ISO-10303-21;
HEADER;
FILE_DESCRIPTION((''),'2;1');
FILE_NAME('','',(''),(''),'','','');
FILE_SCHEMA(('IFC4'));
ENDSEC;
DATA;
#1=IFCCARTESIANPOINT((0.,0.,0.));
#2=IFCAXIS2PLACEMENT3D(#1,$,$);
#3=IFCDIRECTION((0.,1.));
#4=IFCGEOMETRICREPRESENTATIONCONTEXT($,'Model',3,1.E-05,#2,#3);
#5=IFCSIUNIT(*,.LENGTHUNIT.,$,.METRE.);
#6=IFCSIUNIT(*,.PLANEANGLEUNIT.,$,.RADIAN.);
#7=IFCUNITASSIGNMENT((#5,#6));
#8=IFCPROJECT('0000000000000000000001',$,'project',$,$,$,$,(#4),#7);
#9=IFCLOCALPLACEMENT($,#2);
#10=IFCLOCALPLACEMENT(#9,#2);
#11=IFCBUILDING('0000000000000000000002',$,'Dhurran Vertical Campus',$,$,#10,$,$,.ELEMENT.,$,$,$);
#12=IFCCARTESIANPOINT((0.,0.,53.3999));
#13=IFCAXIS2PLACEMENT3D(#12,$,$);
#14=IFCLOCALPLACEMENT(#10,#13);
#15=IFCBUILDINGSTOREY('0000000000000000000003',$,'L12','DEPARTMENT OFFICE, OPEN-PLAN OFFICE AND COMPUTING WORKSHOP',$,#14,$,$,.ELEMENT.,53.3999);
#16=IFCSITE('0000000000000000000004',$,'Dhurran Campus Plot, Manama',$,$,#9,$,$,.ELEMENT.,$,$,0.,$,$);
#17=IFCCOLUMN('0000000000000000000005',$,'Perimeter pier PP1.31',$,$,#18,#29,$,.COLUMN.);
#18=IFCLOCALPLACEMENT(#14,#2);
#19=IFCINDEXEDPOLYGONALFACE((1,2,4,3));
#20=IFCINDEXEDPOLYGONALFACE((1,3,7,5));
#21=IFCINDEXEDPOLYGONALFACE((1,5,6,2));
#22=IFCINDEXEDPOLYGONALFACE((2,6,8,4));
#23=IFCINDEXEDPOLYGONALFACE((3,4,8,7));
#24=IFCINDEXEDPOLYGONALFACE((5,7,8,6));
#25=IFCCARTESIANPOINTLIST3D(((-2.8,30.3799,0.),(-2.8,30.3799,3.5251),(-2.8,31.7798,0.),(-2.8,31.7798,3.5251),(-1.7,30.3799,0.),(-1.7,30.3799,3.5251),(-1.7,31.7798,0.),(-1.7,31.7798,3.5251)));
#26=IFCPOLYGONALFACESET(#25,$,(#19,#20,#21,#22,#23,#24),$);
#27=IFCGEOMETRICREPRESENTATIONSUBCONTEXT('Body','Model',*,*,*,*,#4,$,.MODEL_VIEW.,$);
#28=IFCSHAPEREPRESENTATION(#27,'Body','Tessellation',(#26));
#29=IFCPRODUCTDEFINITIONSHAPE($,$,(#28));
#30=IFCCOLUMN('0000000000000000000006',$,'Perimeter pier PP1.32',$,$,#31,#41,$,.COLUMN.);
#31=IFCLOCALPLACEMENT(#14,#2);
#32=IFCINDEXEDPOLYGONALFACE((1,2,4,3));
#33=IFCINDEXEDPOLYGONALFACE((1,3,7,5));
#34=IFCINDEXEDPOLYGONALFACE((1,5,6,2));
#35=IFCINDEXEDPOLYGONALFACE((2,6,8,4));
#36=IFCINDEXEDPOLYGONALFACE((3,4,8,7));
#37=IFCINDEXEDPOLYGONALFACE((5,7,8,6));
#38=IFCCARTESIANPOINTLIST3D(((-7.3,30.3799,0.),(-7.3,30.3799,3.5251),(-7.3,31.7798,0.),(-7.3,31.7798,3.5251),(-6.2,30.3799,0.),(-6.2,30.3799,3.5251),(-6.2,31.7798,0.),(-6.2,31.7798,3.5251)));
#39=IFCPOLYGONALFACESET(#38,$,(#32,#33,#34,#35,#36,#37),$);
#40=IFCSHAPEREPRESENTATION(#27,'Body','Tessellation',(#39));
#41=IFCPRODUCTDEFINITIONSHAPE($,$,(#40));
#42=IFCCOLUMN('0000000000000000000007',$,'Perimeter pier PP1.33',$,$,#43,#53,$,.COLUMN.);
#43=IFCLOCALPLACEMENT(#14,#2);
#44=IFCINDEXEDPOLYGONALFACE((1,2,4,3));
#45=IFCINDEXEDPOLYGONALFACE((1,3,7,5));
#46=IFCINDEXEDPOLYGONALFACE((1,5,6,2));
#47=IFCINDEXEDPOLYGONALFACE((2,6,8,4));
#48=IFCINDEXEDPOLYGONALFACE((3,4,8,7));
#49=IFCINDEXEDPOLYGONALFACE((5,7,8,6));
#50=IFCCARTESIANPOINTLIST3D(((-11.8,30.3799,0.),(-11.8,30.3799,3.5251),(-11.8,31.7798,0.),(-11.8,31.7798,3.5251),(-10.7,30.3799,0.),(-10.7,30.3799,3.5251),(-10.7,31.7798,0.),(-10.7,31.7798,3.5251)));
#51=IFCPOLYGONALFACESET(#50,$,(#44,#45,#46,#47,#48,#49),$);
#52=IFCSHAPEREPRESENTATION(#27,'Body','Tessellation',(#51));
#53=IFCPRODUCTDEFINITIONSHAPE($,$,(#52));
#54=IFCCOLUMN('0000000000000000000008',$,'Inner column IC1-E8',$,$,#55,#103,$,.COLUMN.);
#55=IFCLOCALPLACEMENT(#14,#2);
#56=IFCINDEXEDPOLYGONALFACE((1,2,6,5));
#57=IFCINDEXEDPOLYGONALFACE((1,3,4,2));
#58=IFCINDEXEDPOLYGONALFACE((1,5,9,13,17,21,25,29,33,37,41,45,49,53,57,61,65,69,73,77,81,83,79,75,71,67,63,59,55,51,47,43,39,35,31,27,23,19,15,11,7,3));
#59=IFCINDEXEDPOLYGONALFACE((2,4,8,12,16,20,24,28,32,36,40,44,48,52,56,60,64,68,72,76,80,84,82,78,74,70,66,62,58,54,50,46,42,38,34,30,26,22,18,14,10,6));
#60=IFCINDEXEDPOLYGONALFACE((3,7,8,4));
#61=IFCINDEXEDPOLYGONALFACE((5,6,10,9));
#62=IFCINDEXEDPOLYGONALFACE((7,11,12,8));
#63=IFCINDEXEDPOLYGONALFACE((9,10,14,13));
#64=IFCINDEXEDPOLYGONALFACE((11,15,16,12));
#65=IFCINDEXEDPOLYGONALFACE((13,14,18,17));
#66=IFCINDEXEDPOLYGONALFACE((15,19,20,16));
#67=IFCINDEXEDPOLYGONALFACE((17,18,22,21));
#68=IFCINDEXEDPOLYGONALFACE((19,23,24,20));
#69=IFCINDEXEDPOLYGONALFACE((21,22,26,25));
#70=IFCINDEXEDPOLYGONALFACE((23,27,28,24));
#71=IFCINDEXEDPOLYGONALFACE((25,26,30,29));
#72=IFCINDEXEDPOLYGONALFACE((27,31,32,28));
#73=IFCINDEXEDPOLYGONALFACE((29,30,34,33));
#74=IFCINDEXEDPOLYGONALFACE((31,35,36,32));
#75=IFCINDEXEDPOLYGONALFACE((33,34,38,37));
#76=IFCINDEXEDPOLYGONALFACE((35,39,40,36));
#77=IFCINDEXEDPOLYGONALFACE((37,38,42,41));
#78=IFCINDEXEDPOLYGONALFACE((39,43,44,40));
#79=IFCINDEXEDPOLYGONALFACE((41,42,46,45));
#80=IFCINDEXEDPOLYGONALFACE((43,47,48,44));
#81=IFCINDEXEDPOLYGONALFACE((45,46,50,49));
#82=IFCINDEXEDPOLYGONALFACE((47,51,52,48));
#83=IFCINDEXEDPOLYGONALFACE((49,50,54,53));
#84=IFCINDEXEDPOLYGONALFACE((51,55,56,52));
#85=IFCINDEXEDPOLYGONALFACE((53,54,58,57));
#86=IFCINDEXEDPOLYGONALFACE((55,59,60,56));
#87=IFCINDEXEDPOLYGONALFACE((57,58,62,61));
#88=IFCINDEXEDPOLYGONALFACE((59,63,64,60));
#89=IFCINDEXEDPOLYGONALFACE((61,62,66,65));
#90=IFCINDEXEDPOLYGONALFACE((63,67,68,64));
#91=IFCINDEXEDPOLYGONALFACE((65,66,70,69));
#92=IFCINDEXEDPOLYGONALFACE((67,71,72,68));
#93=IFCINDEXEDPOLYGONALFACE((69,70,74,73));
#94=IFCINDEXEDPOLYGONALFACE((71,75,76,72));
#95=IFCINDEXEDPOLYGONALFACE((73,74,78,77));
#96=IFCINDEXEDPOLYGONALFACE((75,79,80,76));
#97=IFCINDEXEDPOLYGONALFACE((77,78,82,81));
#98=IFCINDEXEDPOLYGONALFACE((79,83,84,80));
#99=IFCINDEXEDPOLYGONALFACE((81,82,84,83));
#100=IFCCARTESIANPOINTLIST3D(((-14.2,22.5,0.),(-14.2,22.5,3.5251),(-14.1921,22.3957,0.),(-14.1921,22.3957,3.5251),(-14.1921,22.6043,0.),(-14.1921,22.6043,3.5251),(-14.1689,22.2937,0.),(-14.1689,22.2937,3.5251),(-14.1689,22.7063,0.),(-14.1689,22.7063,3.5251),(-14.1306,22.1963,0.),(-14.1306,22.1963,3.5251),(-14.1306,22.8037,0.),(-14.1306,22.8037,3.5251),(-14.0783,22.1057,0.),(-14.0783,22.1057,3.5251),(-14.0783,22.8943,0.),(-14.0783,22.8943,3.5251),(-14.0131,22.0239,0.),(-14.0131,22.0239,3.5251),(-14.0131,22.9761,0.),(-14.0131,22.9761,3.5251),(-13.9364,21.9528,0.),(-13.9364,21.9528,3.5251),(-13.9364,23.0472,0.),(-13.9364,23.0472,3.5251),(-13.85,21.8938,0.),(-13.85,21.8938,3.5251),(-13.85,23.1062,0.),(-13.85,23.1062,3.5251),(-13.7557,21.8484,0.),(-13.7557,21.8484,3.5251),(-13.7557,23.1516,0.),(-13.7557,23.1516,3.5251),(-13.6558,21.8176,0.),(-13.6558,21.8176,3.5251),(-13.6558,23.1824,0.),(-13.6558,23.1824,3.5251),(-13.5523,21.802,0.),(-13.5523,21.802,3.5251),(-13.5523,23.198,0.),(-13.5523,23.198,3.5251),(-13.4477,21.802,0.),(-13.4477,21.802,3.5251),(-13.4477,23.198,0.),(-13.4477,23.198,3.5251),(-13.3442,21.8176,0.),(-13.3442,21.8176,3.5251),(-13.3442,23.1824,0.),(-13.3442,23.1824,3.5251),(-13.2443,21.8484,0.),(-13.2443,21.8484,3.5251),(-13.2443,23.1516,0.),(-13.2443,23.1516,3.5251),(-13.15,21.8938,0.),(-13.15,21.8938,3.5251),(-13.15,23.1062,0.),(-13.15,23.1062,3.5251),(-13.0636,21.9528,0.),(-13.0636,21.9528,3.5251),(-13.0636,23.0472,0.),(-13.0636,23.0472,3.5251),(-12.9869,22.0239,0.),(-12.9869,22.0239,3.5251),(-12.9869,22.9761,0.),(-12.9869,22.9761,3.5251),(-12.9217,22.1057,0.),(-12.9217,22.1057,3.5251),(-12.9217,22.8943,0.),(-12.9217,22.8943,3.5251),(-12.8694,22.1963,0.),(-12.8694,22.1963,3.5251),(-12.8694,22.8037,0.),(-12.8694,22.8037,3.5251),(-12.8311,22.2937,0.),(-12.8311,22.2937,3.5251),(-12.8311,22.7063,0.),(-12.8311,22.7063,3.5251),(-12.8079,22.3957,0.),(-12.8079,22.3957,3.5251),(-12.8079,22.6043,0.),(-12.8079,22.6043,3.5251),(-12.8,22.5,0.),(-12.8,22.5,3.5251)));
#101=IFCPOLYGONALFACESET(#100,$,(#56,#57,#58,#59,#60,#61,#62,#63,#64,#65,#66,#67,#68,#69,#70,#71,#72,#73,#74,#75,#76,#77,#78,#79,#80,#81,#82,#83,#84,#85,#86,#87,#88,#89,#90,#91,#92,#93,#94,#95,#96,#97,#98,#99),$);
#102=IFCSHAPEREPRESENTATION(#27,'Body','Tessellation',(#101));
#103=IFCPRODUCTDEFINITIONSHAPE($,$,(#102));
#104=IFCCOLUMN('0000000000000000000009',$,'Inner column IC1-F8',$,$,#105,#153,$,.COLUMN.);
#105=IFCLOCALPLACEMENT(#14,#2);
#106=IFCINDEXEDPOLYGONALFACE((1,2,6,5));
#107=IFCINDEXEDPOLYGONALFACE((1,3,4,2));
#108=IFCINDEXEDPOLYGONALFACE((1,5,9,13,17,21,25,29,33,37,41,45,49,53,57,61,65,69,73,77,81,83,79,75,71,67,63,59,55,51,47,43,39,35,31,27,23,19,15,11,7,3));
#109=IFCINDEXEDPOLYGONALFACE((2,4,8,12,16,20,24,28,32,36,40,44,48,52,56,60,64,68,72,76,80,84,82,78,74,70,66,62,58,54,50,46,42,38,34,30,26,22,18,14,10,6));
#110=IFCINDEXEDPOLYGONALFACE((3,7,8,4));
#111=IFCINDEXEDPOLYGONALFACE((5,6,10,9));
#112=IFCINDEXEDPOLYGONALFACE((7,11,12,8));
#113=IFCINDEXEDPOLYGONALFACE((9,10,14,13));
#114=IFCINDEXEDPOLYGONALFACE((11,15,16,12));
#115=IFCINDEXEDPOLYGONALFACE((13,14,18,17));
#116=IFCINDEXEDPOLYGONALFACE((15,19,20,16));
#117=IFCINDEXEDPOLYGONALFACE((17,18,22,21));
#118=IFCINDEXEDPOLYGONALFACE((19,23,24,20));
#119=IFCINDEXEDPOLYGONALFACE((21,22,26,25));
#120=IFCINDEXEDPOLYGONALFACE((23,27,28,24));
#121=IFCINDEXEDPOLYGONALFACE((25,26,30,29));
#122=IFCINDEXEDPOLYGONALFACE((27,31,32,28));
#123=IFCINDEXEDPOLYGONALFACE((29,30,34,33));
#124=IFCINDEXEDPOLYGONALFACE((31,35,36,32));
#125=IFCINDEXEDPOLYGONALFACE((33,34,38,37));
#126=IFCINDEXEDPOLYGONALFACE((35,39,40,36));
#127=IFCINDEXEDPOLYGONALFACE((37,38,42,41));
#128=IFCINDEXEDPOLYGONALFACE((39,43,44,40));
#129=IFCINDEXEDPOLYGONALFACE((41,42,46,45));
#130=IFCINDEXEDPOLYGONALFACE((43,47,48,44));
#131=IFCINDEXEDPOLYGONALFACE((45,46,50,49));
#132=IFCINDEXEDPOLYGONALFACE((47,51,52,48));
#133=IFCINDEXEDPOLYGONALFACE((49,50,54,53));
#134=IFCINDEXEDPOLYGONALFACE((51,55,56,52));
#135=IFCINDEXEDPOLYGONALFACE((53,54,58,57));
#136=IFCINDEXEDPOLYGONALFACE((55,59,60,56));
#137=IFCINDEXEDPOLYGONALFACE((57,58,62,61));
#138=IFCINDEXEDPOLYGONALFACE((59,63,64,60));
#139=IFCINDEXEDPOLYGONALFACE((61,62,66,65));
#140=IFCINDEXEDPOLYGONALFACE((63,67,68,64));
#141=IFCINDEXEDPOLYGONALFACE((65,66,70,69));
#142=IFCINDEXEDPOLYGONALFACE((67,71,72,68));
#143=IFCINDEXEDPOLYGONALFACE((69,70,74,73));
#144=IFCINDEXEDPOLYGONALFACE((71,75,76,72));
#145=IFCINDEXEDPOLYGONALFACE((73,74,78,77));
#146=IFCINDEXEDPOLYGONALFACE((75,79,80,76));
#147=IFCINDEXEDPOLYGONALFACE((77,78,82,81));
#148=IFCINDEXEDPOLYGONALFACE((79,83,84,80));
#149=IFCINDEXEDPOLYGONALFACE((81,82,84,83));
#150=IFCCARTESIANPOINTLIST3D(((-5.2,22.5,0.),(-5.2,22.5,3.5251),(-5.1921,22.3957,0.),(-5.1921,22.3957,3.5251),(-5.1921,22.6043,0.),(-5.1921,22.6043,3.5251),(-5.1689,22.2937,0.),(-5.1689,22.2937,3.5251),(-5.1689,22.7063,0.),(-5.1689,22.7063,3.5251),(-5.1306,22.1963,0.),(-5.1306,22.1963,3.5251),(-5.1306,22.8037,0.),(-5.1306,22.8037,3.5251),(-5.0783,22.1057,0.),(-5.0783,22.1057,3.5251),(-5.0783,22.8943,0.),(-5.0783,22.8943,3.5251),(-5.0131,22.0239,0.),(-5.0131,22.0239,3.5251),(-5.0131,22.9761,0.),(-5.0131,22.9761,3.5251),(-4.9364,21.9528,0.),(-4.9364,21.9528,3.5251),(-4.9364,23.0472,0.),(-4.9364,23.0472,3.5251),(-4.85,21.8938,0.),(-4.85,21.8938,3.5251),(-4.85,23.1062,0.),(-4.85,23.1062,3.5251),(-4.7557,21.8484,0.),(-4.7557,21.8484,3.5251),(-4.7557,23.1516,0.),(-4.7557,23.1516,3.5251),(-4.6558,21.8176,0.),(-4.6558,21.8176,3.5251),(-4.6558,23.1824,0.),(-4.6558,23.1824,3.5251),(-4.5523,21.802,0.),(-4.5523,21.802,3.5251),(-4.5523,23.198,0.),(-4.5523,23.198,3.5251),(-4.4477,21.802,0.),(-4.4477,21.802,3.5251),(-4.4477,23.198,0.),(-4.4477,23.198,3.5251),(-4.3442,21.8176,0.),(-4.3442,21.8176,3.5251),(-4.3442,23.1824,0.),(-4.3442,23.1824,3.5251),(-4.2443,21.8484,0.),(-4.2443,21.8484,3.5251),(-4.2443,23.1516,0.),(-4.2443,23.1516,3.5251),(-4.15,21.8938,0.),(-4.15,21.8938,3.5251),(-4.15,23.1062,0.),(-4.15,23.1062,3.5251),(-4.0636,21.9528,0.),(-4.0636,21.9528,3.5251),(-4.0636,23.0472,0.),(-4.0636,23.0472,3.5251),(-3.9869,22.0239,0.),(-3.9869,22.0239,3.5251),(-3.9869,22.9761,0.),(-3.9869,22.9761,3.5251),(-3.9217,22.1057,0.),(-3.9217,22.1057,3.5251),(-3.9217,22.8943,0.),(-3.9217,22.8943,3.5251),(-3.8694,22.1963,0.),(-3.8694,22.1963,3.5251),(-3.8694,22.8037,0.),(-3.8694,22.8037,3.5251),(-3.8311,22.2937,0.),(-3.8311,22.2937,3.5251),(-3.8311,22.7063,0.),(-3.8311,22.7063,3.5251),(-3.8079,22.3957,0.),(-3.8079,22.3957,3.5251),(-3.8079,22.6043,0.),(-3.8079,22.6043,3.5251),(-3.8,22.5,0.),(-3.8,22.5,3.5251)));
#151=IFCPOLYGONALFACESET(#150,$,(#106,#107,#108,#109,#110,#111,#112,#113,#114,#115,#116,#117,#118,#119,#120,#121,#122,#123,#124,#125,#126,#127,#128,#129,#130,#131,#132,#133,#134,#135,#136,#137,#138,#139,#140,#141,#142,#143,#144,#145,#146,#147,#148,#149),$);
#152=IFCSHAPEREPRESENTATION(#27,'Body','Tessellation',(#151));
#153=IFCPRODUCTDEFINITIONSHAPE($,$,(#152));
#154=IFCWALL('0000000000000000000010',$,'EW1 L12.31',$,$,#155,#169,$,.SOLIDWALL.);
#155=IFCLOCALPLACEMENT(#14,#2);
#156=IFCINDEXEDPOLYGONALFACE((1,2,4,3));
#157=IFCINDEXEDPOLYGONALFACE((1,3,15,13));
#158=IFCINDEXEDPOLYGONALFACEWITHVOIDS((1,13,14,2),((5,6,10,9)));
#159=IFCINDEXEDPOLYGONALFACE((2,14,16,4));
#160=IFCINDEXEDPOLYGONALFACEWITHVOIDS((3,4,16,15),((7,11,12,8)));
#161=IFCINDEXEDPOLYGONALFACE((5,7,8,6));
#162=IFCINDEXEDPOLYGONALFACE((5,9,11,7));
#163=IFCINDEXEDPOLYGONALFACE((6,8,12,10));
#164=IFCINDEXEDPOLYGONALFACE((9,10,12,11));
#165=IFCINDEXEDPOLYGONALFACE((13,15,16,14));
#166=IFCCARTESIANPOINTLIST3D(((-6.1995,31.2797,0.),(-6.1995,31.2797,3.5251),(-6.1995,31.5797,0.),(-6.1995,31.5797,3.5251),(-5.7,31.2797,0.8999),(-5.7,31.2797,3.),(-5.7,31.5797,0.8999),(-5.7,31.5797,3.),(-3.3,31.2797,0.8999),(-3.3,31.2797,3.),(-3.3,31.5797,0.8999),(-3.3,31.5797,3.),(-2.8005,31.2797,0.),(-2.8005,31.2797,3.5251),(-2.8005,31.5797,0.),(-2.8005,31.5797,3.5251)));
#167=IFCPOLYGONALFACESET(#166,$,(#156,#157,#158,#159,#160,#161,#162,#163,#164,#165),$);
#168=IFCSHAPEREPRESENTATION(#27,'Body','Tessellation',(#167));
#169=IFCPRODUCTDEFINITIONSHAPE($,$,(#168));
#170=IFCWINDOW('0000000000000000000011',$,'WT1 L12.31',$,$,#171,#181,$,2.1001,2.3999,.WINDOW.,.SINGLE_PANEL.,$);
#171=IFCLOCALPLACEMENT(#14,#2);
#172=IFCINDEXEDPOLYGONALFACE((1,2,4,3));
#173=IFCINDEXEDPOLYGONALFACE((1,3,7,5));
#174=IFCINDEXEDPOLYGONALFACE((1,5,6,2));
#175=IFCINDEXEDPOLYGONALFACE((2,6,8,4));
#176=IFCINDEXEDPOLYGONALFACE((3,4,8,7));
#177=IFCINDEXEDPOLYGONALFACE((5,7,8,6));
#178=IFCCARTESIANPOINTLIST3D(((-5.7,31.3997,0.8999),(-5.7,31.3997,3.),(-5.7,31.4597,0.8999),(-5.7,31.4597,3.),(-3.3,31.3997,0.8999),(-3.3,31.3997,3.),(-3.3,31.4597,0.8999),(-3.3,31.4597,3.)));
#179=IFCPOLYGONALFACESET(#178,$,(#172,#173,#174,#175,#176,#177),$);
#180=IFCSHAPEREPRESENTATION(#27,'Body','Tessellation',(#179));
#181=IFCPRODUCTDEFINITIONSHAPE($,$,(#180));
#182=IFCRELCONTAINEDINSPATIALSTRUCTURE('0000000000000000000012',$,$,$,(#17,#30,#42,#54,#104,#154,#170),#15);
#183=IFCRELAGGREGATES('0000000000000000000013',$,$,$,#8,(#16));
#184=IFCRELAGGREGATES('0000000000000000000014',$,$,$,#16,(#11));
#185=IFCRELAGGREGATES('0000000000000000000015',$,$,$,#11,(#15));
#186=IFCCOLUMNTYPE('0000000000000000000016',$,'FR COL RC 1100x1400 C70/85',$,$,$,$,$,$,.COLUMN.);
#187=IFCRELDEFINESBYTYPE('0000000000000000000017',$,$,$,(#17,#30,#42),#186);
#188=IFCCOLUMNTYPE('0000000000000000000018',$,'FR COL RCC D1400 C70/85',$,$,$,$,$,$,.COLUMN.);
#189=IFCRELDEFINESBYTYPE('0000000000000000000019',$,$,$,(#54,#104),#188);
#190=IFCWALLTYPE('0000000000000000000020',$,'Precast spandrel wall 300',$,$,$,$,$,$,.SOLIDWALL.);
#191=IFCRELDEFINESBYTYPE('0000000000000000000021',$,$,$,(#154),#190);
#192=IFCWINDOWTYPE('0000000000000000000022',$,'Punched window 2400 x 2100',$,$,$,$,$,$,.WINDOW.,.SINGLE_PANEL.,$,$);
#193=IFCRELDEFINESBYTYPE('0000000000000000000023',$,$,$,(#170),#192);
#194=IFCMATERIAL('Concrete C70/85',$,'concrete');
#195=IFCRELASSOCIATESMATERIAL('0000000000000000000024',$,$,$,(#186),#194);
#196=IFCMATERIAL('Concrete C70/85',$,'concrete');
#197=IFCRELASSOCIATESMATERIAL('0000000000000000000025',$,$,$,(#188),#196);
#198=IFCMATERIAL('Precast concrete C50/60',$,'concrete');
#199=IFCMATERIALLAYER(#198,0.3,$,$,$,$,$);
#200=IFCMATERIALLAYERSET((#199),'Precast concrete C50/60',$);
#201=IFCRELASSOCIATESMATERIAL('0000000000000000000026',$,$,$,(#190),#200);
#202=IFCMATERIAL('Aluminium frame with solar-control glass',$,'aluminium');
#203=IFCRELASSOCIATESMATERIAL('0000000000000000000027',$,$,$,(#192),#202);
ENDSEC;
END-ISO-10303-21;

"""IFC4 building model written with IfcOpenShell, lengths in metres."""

from ifc_helpers import new_model, si_unit, direction, frame, frame_2d, origin, origin_2d, place, context, subcontext, project, spatial, rectangle, circle, extrude, material, layer, layer_set, material_profile, profile_set, type_object, element, fill, save


model = new_model("IFC4")

# Units and contexts
model_context = context("Model", 3, precision=1e-05, world=origin(), true_north=direction((0.0, 1.0)))
body_context = subcontext(model_context, "Body", "Model", "MODEL_VIEW")
ifc_project = project(units=[si_unit("LENGTHUNIT", "METRE"), si_unit("PLANEANGLEUNIT", "RADIAN")], contexts=[model_context])

# Site, building, storey
site_placement = place(None, origin())
site = spatial("IfcSite", under=ifc_project, at=site_placement, Name="Dhurran Campus Plot, Manama", CompositionType="ELEMENT", RefElevation=0.0)
building_placement = place(site_placement, origin())
building = spatial("IfcBuilding", under=site, at=building_placement, Name="Dhurran Vertical Campus", CompositionType="ELEMENT")
storey_placement = place(building_placement, frame((0.0, 0.0, 53.3999)))
storey = spatial("IfcBuildingStorey", under=building, at=storey_placement, Name="L12", Description="DEPARTMENT OFFICE, OPEN-PLAN OFFICE AND COMPUTING WORKSHOP", CompositionType="ELEMENT", Elevation=53.3999)

# Columns
ifc_material_1 = material(Name="Concrete C70/85", Category="concrete")
ifc_material_profile_1 = material_profile(ifc_material_1, rectangle(XDim=1.1001, YDim=1.3999, at=origin_2d()), Name="RC 1100x1400")
ifc_profile_set_1 = profile_set([ifc_material_profile_1], Name="Concrete C70/85")
column_type_1 = type_object("IfcColumnType", Name="FR COL RC 1100x1400 C70/85", PredefinedType="COLUMN", material=ifc_profile_set_1)
for number, where, z_axis, x_axis, name in (
    (1, (-2.25, 31.0798, 0.0), (0.0, 0.0, 1.0), (-1.0, 0.0, 0.0), "Perimeter pier PP1.31"),
    (2, (-6.75, 31.0798, 0.0), (0.0, 0.0, 1.0), (-1.0, 0.0, 0.0), "Perimeter pier PP1.32"),
    (3, (-11.25, 31.0798, 0.0), (0.0, 0.0, 1.0), (-1.0, 0.0, 0.0), "Perimeter pier PP1.33"),
):
    element("IfcColumn", number, at=place(storey_placement, frame(where, z_axis=z_axis, x_axis=x_axis)), inside=storey, type_object=column_type_1, Name=name, PredefinedType="COLUMN", context=body_context, shape_type="SweptSolid", body=[
        extrude(rectangle(XDim=1.1001, YDim=1.3999, at=origin_2d()), origin(), (0.0, 0.0, 1.0), 3.5251),
    ])
ifc_material_2 = material(Name="Concrete C70/85", Category="concrete")
ifc_material_profile_2 = material_profile(ifc_material_2, circle(Radius=0.7, at=origin_2d()), Name="RCC D1400")
ifc_profile_set_2 = profile_set([ifc_material_profile_2], Name="Concrete C70/85")
column_type_2 = type_object("IfcColumnType", Name="FR COL RCC D1400 C70/85", PredefinedType="COLUMN", material=ifc_profile_set_2)
for number, where, z_axis, x_axis, name in (
    (4, (-13.5, 22.5, 0.0), (0.0, 0.0, 1.0), (1.0, 0.0, 0.0), "Inner column IC1-E8"),
    (5, (-4.5, 22.5, 0.0), (0.0, 0.0, 1.0), (1.0, 0.0, 0.0), "Inner column IC1-F8"),
):
    element("IfcColumn", number, at=place(storey_placement, frame(where, z_axis=z_axis, x_axis=x_axis)), inside=storey, type_object=column_type_2, Name=name, PredefinedType="COLUMN", context=body_context, shape_type="SweptSolid", body=[
        extrude(circle(Radius=0.7, at=origin_2d()), origin(), (0.0, 0.0, 1.0), 3.5251),
    ])

# Wall, opening, window
ifc_material_3 = material(Name="Precast concrete C50/60", Category="concrete")
ifc_layer_1 = layer(ifc_material_3, 0.3)
ifc_layer_set_1 = layer_set([ifc_layer_1], Name="Precast concrete C50/60")
wall_type_1 = type_object("IfcWallType", Name="Precast spandrel wall 300", PredefinedType="SOLIDWALL", material=ifc_layer_set_1)
wall_1_placement = place(storey_placement, frame((-2.8005, 31.4297, 0.0), z_axis=(0.0, 0.0, 1.0), x_axis=(-1.0, 0.0, 0.0)))
wall_1 = element("IfcWall", 6, at=wall_1_placement, inside=storey, type_object=wall_type_1, Name="EW1 L12.31", PredefinedType="SOLIDWALL", context=body_context, shape_type="SweptSolid", body=[
    extrude(rectangle(XDim=3.3989, YDim=0.3, at=frame_2d((1.6995, 0.0))), origin(), (0.0, 0.0, 1.0), 3.5251),
])
opening_1_placement = place(wall_1_placement, frame((0.4995, 0.0, 0.8999)))
opening_1 = element("IfcOpeningElement", 7, at=opening_1_placement, cuts=wall_1, PredefinedType="OPENING", context=body_context, shape_type="SweptSolid", body=[
    extrude(rectangle(XDim=2.3999, YDim=2.1001, at=frame_2d((1.2, 1.05))), frame((0.0, 0.1599, 0.0), z_axis=(0.0, -1.0, 0.0), x_axis=(1.0, 0.0, 0.0)), (0.0, 0.0, 1.0), 0.3201),
])
ifc_material_4 = material(Name="Aluminium frame with solar-control glass", Category="aluminium")
window_type = type_object("IfcWindowType", Name="Punched window 2400 x 2100", PartitioningType="SINGLE_PANEL", PredefinedType="WINDOW", material=ifc_material_4)
window_1_placement = place(opening_1_placement, origin())
window_1 = element("IfcWindow", 8, at=window_1_placement, inside=storey, type_object=window_type, Name="WT1 L12.31", OverallHeight=2.1001, OverallWidth=2.3999, PartitioningType="SINGLE_PANEL", PredefinedType="WINDOW", context=body_context, shape_type="SweptSolid", body=[
    extrude(rectangle(XDim=2.3999, YDim=2.1001, at=frame_2d((1.2, 1.05))), frame((0.0, 0.03, 0.0), z_axis=(0.0, -1.0, 0.0), x_axis=(1.0, 0.0, 0.0)), (0.0, 0.0, 1.0), 0.0601),
])
fill(opening_1, window_1)

save(model, "model.ifc")
